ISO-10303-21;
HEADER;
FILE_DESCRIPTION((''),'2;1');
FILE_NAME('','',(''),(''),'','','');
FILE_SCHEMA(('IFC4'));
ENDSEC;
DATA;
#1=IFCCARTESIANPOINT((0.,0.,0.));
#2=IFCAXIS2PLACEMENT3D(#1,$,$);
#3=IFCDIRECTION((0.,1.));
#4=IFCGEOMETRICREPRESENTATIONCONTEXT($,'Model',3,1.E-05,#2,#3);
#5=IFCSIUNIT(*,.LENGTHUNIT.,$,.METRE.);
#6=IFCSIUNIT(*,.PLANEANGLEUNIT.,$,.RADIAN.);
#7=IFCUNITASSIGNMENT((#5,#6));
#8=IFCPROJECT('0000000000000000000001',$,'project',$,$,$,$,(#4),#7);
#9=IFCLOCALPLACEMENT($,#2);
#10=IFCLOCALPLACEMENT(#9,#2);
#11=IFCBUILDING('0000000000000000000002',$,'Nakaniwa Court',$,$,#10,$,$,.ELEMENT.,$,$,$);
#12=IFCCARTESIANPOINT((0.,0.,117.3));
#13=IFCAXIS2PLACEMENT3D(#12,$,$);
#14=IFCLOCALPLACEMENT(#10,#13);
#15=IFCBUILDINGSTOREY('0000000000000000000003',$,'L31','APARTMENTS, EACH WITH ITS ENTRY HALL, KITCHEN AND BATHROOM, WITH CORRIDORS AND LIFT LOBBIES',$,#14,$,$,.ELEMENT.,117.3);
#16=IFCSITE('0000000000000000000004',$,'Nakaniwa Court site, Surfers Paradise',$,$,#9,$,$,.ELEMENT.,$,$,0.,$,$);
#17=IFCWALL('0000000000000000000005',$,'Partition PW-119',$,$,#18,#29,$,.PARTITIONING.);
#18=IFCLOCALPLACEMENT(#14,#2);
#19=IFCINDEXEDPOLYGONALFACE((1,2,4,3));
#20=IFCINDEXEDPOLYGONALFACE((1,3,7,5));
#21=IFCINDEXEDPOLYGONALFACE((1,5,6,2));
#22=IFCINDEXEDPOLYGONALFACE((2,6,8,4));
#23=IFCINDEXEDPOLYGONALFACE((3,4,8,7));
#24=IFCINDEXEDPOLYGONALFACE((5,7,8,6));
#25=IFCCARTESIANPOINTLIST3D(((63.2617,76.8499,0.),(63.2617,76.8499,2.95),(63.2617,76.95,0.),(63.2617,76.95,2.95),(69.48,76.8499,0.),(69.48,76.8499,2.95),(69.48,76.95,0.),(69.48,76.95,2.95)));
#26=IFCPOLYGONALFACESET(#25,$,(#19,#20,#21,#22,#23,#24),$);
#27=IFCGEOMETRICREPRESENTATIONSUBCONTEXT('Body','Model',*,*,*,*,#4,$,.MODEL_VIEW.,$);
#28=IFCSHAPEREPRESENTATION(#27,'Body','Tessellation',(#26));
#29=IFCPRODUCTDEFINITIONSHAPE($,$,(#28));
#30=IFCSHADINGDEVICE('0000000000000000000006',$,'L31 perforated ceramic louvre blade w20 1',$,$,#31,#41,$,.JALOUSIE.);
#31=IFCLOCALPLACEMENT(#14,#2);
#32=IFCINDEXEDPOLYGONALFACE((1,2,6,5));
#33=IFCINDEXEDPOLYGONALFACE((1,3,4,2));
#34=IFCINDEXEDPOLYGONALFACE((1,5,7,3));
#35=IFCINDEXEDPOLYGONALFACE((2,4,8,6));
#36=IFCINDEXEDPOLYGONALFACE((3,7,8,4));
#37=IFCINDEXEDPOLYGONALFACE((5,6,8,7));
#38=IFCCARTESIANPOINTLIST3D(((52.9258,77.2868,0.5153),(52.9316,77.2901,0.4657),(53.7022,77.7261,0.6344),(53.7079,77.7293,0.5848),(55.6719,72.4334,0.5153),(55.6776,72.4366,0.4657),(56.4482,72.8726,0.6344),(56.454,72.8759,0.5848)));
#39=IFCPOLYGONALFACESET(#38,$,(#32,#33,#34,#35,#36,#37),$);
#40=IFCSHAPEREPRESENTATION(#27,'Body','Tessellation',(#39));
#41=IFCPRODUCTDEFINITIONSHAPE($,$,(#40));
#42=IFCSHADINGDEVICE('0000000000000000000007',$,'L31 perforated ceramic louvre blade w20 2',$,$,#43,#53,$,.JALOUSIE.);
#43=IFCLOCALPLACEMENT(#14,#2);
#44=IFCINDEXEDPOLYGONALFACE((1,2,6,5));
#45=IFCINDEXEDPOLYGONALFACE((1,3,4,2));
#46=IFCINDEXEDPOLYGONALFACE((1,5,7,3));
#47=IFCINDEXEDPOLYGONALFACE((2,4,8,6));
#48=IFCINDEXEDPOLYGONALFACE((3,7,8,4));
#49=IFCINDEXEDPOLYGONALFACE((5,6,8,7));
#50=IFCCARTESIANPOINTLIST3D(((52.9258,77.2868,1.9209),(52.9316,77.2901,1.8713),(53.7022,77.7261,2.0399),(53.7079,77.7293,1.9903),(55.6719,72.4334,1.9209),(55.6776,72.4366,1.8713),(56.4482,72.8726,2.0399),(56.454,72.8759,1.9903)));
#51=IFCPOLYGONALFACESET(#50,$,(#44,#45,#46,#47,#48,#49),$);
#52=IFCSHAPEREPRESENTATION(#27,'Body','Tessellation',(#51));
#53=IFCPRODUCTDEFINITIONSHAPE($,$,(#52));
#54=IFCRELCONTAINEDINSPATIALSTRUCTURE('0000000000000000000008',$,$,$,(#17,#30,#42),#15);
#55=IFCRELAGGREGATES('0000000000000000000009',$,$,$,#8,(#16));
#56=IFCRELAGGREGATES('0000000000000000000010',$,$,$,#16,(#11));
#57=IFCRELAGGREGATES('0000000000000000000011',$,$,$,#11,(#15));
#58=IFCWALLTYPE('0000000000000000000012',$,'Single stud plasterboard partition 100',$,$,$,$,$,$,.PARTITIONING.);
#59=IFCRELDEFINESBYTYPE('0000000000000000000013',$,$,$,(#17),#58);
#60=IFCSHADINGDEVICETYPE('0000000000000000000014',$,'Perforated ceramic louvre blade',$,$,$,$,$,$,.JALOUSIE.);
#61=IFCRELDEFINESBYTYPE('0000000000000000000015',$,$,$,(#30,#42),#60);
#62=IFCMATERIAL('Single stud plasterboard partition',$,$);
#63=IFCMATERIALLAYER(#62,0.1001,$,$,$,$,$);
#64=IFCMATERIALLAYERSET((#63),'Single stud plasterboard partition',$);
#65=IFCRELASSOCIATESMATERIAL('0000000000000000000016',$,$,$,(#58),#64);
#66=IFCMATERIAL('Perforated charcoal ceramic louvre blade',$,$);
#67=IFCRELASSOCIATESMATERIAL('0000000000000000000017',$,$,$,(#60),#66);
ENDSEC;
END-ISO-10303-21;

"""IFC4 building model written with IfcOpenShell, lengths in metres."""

from ifc_helpers import new_model, si_unit, direction, frame, frame_2d, origin, origin_2d, place, context, subcontext, project, spatial, rectangle, extrude, material, layer, layer_set, material_profile, profile_set, type_object, element, save


model = new_model("IFC4")

# Units and contexts
model_context = context("Model", 3, precision=1e-05, world=origin(), true_north=direction((0.0, 1.0)))
body_context = subcontext(model_context, "Body", "Model", "MODEL_VIEW")
ifc_project = project(units=[si_unit("LENGTHUNIT", "METRE"), si_unit("PLANEANGLEUNIT", "RADIAN")], contexts=[model_context])

# Site, building, storey
site_placement = place(None, origin())
site = spatial("IfcSite", under=ifc_project, at=site_placement, Name="Nakaniwa Court site, Surfers Paradise", CompositionType="ELEMENT", RefElevation=0.0)
building_placement = place(site_placement, origin())
building = spatial("IfcBuilding", under=site, at=building_placement, Name="Nakaniwa Court", CompositionType="ELEMENT")
storey_placement = place(building_placement, frame((0.0, 0.0, 117.3)))
storey = spatial("IfcBuildingStorey", under=building, at=storey_placement, Name="L31", Description="APARTMENTS, EACH WITH ITS ENTRY HALL, KITCHEN AND BATHROOM, WITH CORRIDORS AND LIFT LOBBIES", CompositionType="ELEMENT", Elevation=117.3)

# Wall
ifc_material_1 = material(Name="Single stud plasterboard partition")
ifc_layer_1 = layer(ifc_material_1, 0.1001)
ifc_layer_set_1 = layer_set([ifc_layer_1], Name="Single stud plasterboard partition")
wall_type_1 = type_object("IfcWallType", Name="Single stud plasterboard partition 100", PredefinedType="PARTITIONING", material=ifc_layer_set_1)
wall_1_placement = place(storey_placement, frame((63.2617, 76.8999, 0.0), z_axis=(0.0, 0.0, 1.0), x_axis=(1.0, 0.0, 0.0)))
element("IfcWall", 1, at=wall_1_placement, inside=storey, type_object=wall_type_1, Name="Partition PW-119", PredefinedType="PARTITIONING", context=body_context, shape_type="SweptSolid", body=[
    extrude(rectangle(XDim=6.2183, YDim=0.1001, at=frame_2d((3.1091, 0.0))), origin(), (0.0, 0.0, 1.0), 2.95),
])

# Shading devices
ifc_material_2 = material(Name="Perforated charcoal ceramic louvre blade")
ifc_material_profile_1 = material_profile(ifc_material_2, rectangle(XDim=0.8999, YDim=0.05, at=origin_2d()), Name="Perforated ceramic louvre blade")
ifc_profile_set_1 = profile_set([ifc_material_profile_1], Name="Perforated charcoal ceramic louvre blade")
shading_device_type = type_object("IfcShadingDeviceType", Name="Perforated ceramic louvre blade", PredefinedType="JALOUSIE", material=ifc_profile_set_1)
for number, where, z_axis, x_axis, name in (
    (2, (53.3169, 77.5081, 0.55), (0.492438, -0.870347, 0.0), (0.862702, 0.488112, 0.132256), "L31 perforated ceramic louvre blade w20 1"),
    (3, (53.3169, 77.5081, 1.9556), (0.492438, -0.870347, 0.0), (0.862702, 0.488112, 0.132256), "L31 perforated ceramic louvre blade w20 2"),
):
    element("IfcShadingDevice", number, at=place(storey_placement, frame(where, z_axis=z_axis, x_axis=x_axis)), inside=storey, type_object=shading_device_type, Name=name, PredefinedType="JALOUSIE", context=body_context, shape_type="SweptSolid", body=[
        extrude(rectangle(XDim=0.8999, YDim=0.05, at=origin_2d()), origin(), (0.0, 0.0, 1.0), 5.5764),
    ])

save(model, "model.ifc")
